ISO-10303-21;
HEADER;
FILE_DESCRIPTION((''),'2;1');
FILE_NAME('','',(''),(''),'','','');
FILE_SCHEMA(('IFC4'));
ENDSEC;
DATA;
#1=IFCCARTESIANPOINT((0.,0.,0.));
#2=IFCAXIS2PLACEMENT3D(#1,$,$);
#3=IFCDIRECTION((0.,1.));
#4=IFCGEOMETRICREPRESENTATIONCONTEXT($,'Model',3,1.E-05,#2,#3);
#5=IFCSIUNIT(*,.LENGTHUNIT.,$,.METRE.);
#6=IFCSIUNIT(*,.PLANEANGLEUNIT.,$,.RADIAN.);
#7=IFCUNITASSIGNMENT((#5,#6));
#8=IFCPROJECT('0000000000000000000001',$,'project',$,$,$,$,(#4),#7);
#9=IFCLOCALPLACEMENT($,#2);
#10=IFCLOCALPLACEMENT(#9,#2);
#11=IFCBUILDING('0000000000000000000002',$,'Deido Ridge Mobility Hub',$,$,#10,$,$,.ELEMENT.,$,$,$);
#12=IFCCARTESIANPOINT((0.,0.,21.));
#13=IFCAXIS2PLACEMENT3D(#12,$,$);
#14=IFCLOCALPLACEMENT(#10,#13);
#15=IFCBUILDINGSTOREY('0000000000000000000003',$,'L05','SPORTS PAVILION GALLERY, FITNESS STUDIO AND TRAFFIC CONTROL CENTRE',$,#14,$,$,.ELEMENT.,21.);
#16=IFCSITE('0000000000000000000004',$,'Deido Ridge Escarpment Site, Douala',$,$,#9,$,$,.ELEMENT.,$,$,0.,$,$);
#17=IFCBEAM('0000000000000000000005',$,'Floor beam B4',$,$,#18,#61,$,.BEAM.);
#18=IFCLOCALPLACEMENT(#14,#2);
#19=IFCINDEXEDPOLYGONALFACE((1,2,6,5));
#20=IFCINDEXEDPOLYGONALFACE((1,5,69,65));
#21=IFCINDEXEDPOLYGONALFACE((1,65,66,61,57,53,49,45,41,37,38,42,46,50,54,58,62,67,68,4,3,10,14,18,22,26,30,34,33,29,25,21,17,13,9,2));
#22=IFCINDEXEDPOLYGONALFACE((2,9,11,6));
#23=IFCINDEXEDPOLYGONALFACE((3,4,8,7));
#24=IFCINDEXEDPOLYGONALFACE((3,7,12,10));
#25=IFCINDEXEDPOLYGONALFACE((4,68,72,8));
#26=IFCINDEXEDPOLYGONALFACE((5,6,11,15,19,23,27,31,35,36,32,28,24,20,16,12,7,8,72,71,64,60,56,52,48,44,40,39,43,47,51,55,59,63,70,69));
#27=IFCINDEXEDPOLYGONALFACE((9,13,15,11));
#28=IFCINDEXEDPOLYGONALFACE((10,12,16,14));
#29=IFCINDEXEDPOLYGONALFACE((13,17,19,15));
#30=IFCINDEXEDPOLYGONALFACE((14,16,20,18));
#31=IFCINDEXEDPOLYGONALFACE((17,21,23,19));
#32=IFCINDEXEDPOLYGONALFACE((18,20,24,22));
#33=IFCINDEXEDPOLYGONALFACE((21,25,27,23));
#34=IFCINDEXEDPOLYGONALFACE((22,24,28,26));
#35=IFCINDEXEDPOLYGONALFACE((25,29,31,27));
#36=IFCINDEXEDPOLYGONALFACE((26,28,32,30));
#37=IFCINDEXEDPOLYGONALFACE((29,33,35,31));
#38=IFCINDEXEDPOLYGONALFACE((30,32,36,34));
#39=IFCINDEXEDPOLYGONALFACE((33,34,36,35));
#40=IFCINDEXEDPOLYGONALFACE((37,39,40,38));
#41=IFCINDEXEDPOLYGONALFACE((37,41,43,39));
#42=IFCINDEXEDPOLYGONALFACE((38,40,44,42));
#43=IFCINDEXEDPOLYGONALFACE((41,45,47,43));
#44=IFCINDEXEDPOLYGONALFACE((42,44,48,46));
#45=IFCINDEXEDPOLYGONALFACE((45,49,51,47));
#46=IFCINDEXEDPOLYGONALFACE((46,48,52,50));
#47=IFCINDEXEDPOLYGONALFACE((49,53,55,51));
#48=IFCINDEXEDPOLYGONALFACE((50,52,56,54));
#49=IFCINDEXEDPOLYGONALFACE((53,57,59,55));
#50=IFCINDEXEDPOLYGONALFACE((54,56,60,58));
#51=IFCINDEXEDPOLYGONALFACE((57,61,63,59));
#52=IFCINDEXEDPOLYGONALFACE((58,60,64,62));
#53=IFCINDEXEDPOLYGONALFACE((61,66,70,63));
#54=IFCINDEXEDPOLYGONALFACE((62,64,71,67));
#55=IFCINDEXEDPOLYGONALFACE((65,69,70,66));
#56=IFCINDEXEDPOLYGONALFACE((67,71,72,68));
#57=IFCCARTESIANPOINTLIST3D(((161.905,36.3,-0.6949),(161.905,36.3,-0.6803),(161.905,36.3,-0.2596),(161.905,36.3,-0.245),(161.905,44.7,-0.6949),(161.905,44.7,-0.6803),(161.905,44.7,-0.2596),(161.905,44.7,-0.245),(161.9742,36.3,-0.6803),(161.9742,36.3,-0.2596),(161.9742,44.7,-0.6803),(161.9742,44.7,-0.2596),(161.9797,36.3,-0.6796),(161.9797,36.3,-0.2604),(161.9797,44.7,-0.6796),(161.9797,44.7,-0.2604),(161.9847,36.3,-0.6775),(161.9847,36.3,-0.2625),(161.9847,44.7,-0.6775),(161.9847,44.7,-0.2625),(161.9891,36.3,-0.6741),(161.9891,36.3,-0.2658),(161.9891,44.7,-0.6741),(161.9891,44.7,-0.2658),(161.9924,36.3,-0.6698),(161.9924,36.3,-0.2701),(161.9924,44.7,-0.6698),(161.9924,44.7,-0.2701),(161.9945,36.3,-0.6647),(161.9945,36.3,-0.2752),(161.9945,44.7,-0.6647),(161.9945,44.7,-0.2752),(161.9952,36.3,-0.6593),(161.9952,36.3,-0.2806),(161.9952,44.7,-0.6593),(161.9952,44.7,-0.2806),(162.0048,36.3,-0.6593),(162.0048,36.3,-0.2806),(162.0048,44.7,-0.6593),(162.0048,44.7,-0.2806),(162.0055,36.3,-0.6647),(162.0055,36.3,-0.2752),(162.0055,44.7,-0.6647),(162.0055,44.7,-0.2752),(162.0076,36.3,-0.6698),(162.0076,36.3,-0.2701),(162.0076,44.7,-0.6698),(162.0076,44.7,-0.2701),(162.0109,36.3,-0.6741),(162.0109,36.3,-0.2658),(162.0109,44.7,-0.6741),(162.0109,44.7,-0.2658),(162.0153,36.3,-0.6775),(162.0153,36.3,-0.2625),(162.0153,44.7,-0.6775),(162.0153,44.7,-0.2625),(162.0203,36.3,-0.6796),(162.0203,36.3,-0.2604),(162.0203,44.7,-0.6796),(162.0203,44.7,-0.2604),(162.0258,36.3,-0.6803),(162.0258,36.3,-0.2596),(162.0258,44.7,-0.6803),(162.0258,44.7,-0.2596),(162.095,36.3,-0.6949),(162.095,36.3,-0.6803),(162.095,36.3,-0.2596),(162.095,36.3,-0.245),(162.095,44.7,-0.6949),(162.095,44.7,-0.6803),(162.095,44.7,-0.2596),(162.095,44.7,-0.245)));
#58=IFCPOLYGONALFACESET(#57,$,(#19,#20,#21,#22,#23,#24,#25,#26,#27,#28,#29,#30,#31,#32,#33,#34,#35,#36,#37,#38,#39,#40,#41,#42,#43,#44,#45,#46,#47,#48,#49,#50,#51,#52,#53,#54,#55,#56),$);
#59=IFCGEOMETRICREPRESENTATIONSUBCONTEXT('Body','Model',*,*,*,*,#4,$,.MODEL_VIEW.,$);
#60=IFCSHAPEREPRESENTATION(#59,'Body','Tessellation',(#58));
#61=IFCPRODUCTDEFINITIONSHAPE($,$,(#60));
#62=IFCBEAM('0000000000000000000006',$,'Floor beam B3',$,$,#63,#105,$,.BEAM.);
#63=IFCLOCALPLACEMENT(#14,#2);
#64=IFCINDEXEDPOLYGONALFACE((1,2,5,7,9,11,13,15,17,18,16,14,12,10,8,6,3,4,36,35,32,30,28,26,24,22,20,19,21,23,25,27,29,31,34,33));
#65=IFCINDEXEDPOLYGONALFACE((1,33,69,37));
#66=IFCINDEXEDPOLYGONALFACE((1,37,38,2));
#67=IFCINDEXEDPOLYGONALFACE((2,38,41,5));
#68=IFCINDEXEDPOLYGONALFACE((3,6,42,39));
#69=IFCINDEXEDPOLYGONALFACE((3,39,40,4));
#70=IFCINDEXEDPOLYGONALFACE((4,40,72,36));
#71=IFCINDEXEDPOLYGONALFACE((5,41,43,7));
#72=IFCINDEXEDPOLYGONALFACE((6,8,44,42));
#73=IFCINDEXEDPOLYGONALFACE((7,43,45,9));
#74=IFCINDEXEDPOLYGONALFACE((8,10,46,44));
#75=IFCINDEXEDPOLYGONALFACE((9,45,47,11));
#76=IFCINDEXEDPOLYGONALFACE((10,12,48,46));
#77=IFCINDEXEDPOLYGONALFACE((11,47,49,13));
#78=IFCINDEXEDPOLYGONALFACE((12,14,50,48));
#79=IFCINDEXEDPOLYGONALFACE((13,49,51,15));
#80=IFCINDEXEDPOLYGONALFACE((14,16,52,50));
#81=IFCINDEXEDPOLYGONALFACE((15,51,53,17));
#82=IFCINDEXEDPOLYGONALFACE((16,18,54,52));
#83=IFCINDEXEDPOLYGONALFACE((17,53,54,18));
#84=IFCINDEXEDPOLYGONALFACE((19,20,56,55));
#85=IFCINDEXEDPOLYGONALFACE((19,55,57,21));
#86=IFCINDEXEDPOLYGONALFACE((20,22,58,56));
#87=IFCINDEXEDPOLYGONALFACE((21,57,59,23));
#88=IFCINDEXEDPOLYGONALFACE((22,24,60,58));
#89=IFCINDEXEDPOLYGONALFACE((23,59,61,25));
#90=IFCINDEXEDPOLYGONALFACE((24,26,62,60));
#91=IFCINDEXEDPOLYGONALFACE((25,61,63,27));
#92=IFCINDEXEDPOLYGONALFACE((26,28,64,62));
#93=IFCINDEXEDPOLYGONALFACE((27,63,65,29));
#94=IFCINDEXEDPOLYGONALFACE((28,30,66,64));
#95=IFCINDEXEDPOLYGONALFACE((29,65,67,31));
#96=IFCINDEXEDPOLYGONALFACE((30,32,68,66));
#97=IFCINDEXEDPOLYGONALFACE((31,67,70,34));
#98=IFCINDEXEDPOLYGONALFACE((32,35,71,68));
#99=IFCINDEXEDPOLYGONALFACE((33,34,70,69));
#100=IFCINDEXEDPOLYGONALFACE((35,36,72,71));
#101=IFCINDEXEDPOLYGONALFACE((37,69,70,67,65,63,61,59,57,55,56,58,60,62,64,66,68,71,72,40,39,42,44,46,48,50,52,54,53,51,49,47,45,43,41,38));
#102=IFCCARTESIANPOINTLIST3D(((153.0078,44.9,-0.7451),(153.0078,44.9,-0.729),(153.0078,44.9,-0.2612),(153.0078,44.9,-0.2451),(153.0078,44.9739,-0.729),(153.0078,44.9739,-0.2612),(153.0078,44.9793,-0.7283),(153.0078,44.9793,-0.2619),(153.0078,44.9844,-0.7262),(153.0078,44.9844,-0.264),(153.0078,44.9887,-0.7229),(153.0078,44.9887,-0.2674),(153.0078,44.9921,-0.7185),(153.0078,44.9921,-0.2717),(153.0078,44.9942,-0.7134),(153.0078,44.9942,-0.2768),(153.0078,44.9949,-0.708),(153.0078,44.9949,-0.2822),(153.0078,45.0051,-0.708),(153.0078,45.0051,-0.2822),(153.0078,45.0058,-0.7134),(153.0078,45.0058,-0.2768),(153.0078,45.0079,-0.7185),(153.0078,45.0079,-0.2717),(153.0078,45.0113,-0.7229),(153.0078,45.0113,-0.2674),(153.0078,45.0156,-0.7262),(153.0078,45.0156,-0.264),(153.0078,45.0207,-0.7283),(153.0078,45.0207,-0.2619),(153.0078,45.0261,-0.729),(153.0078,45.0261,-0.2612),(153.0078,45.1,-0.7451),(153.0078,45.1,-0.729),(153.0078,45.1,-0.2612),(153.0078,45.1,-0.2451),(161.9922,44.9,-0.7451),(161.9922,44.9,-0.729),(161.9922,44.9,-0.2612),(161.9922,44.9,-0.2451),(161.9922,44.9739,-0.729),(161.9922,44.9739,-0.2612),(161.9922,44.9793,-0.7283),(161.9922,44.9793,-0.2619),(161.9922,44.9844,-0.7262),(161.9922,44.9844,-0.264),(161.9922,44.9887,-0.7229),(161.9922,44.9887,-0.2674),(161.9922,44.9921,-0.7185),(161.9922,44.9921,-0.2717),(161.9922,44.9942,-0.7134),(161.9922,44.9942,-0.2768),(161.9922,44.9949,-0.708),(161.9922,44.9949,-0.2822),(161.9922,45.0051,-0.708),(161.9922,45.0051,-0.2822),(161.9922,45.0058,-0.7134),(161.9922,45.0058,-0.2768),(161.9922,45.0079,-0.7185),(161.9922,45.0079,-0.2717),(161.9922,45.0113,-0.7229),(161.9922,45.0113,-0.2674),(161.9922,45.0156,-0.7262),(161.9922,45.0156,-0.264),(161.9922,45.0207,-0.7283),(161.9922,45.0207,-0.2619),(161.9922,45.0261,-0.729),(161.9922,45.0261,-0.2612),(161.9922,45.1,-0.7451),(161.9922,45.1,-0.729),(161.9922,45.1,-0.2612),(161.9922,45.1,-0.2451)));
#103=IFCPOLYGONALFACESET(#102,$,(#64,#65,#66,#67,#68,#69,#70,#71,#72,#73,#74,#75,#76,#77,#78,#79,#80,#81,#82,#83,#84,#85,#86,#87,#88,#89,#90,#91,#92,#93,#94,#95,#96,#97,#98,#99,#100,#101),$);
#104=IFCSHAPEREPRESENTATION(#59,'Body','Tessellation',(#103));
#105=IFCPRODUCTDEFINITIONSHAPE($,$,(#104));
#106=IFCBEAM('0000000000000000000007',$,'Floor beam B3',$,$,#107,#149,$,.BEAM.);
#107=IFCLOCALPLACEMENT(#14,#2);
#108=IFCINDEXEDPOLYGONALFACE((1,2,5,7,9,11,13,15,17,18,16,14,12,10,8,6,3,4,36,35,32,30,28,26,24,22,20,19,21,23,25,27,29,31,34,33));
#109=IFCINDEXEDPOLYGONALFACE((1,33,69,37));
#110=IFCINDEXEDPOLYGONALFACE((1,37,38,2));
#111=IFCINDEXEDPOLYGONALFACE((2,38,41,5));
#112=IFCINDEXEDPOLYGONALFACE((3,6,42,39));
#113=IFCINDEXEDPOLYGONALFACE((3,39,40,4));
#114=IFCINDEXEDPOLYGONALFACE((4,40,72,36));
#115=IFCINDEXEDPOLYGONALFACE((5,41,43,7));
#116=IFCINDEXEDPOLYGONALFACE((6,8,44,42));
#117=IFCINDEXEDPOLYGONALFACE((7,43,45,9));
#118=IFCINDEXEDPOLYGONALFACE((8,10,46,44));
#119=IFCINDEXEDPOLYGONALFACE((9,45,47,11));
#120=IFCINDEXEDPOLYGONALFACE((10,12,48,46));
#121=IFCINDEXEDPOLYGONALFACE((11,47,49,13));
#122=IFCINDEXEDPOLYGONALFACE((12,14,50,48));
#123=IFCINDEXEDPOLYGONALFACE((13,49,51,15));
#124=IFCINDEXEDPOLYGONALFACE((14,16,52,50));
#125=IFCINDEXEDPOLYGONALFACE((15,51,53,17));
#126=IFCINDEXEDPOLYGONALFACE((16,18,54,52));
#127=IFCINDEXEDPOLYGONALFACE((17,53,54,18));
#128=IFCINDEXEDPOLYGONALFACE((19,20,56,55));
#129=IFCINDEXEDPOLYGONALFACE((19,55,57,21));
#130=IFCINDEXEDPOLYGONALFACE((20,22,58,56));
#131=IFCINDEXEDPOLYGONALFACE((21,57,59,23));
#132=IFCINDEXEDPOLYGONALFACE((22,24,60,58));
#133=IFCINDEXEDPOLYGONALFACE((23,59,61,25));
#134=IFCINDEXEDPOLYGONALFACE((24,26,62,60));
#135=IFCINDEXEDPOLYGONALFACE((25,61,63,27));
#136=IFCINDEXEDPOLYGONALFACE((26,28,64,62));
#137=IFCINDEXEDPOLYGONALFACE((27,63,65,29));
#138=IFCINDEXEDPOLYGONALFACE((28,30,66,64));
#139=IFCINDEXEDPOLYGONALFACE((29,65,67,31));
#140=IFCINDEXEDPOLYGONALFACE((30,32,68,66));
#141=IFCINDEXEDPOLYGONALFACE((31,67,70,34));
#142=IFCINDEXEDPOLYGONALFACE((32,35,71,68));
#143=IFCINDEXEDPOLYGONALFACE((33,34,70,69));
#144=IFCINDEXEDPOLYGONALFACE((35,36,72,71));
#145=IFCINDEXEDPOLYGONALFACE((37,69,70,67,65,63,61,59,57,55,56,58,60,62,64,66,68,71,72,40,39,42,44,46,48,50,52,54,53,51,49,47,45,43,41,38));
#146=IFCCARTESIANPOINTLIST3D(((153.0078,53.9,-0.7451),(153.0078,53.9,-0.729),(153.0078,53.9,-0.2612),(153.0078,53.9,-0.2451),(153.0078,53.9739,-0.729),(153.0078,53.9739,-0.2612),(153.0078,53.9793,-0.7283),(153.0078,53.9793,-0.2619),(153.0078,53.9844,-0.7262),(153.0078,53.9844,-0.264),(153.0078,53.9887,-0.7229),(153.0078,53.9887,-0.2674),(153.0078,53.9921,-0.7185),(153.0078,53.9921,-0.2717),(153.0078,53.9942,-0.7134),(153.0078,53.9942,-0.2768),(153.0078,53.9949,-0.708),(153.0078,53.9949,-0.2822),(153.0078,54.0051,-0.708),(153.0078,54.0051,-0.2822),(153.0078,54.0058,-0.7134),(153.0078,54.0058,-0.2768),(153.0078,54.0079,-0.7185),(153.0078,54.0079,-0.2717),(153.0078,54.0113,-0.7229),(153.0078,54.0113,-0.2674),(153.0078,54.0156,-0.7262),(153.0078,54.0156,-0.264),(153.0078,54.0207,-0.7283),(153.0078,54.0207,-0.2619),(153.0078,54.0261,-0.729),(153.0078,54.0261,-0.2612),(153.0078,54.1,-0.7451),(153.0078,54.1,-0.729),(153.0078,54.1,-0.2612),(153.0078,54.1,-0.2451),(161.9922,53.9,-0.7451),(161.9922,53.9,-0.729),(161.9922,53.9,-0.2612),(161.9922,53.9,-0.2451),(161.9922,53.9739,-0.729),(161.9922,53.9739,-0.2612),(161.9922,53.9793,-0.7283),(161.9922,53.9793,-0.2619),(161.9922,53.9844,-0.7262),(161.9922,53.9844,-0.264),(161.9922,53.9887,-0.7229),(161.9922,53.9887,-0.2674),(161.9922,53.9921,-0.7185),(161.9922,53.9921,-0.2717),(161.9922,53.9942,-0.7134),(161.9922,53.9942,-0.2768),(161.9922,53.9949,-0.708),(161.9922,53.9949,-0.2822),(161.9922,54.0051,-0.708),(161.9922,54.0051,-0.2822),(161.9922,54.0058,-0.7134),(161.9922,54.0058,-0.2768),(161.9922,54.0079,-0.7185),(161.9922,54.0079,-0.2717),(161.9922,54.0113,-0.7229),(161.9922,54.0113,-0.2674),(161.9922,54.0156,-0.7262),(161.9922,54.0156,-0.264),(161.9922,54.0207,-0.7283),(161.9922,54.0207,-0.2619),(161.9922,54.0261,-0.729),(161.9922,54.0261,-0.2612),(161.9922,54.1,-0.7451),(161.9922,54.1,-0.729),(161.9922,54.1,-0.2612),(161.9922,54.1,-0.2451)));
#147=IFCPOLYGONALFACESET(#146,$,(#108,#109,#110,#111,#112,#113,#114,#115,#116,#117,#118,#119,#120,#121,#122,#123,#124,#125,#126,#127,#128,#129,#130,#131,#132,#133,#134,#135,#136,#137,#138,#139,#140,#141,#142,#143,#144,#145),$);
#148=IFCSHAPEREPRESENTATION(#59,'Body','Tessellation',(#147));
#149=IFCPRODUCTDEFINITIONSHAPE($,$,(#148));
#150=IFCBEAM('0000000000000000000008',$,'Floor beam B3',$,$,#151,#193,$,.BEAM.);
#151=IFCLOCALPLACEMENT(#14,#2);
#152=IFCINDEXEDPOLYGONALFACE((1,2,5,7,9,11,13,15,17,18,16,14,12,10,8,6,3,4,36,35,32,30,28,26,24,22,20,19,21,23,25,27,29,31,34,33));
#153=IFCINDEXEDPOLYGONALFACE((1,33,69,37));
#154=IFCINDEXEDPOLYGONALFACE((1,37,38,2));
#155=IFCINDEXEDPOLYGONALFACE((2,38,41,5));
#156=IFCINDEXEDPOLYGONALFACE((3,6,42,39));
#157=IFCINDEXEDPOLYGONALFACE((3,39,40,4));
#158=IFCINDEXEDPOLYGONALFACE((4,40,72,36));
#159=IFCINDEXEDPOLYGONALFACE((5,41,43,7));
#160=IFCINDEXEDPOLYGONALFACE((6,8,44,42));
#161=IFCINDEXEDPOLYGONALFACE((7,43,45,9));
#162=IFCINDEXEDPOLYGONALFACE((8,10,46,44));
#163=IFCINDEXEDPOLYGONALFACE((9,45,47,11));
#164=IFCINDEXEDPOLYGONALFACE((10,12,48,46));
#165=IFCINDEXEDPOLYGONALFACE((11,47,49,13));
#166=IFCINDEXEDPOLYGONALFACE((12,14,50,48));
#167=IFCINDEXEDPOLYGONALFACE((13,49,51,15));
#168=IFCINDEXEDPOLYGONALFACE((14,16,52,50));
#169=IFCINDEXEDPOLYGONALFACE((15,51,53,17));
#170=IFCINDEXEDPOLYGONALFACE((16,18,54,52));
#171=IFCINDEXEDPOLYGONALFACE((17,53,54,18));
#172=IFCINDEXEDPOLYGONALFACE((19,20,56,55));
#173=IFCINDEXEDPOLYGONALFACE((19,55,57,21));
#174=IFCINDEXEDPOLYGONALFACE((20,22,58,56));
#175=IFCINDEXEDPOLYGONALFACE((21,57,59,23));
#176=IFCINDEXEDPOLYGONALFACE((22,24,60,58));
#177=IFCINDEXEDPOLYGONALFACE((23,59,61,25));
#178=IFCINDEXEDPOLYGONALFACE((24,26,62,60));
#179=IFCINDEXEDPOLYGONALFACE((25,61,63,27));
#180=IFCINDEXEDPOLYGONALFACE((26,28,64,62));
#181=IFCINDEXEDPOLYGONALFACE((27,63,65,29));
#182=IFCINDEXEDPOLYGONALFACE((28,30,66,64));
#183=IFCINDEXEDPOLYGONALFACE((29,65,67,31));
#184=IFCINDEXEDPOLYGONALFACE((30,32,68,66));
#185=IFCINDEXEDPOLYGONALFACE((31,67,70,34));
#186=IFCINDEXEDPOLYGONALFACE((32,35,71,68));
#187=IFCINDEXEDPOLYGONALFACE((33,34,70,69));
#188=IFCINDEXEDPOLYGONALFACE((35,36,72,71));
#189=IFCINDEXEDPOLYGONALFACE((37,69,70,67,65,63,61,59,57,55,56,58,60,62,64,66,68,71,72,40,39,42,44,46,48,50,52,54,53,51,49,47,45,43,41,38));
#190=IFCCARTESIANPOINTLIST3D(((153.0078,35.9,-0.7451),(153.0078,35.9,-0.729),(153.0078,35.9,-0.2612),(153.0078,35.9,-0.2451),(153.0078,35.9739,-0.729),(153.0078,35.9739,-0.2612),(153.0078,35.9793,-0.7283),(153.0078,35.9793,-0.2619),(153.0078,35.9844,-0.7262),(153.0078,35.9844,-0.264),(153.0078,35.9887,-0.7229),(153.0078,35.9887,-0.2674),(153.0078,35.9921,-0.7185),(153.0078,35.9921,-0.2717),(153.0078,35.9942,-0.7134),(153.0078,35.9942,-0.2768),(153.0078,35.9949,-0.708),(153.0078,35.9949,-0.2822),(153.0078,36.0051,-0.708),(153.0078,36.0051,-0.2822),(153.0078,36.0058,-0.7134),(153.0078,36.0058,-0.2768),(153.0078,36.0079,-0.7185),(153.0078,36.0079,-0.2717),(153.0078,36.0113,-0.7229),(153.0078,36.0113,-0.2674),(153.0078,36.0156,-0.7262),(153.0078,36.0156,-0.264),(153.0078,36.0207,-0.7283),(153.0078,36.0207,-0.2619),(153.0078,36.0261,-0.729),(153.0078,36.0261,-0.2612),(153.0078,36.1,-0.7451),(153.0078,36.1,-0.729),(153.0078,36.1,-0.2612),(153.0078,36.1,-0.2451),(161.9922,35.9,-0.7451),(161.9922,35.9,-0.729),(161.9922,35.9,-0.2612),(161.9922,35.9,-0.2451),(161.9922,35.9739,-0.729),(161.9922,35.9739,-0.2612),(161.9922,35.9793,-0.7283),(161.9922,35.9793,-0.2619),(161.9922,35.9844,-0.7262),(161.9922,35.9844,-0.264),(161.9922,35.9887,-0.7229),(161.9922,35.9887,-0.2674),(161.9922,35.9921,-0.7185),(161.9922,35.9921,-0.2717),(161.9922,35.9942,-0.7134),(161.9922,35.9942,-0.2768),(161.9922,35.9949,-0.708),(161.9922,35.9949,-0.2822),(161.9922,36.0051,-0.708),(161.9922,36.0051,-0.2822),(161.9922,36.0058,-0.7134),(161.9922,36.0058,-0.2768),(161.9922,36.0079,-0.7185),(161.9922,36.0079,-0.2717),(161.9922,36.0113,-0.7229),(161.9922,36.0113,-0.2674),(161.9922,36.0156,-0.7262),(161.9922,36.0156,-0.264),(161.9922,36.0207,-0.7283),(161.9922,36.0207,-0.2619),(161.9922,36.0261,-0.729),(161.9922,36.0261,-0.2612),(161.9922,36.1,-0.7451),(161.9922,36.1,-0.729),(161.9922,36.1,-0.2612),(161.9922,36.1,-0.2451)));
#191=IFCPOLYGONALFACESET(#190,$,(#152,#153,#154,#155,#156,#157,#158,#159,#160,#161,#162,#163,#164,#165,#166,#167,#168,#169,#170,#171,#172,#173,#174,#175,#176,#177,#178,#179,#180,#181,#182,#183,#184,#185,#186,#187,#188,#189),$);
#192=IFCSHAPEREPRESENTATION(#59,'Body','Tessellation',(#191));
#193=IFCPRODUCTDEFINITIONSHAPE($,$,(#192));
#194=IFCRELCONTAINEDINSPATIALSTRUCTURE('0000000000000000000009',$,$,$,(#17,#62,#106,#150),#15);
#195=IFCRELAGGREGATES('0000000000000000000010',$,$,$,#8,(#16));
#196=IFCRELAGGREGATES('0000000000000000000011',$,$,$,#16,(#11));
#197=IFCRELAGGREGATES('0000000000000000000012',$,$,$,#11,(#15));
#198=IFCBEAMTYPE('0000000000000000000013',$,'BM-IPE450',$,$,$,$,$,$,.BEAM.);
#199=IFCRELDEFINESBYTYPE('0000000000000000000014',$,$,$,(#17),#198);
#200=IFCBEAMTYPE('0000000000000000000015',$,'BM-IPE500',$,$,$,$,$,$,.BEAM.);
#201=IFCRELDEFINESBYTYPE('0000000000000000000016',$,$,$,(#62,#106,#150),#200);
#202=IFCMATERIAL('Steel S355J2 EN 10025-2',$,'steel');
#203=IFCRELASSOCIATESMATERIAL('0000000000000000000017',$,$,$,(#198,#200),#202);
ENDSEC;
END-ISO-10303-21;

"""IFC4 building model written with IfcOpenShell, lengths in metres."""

from ifc_helpers import new_model, si_unit, direction, frame, origin, origin_2d, place, context, subcontext, project, spatial, i_section, extrude, material, material_profile, profile_set, type_object, element, save


model = new_model("IFC4")

# Units and contexts
model_context = context("Model", 3, precision=1e-05, world=origin(), true_north=direction((0.0, 1.0)))
body_context = subcontext(model_context, "Body", "Model", "MODEL_VIEW")
ifc_project = project(units=[si_unit("LENGTHUNIT", "METRE"), si_unit("PLANEANGLEUNIT", "RADIAN")], contexts=[model_context])

# Site, building, storey
site_placement = place(None, origin())
site = spatial("IfcSite", under=ifc_project, at=site_placement, Name="Deido Ridge Escarpment Site, Douala", CompositionType="ELEMENT", RefElevation=0.0)
building_placement = place(site_placement, origin())
building = spatial("IfcBuilding", under=site, at=building_placement, Name="Deido Ridge Mobility Hub", CompositionType="ELEMENT")
storey_placement = place(building_placement, frame((0.0, 0.0, 21.0)))
storey = spatial("IfcBuildingStorey", under=building, at=storey_placement, Name="L05", Description="SPORTS PAVILION GALLERY, FITNESS STUDIO AND TRAFFIC CONTROL CENTRE", CompositionType="ELEMENT", Elevation=21.0)

# Shared definitions
ifc_material_1 = material(Name="Steel S355J2 EN 10025-2", Category="steel")

# Beams
ifc_material_profile_1 = material_profile(ifc_material_1, i_section(OverallWidth=0.1899, OverallDepth=0.45, WebThickness=0.0095, FlangeThickness=0.0146, FilletRadius=0.021, at=origin_2d()), Name="IPE 450")
ifc_profile_set_1 = profile_set([ifc_material_profile_1], Name="Steel S355J2 EN 10025-2")
beam_type_1 = type_object("IfcBeamType", Name="BM-IPE450", PredefinedType="BEAM", material=ifc_profile_set_1)
for number, where, z_axis, x_axis, name in (
    (1, (162.0, 36.3, -0.47), (0.0, 1.0, 0.0), (-1.0, 0.0, 0.0), "Floor beam B4"),
):
    element("IfcBeam", number, at=place(storey_placement, frame(where, z_axis=z_axis, x_axis=x_axis)), inside=storey, type_object=beam_type_1, Name=name, PredefinedType="BEAM", context=body_context, shape_type="SweptSolid", body=[
        extrude(i_section(OverallWidth=0.1899, OverallDepth=0.45, WebThickness=0.0095, FlangeThickness=0.0146, FilletRadius=0.021, at=origin_2d()), origin(), (0.0, 0.0, 1.0), 8.3999),
    ])
ifc_material_profile_2 = material_profile(ifc_material_1, i_section(OverallWidth=0.2, OverallDepth=0.5, WebThickness=0.0103, FlangeThickness=0.0161, FilletRadius=0.021, at=origin_2d()), Name="IPE 500")
ifc_profile_set_2 = profile_set([ifc_material_profile_2], Name="Steel S355J2 EN 10025-2")
beam_type_2 = type_object("IfcBeamType", Name="BM-IPE500", PredefinedType="BEAM", material=ifc_profile_set_2)
for number, where, z_axis, x_axis, name in (
    (2, (153.0078, 45.0, -0.4951), (1.0, 0.0, 0.0), (0.0, 1.0, 0.0), "Floor beam B3"),
    (3, (153.0078, 54.0, -0.4951), (1.0, 0.0, 0.0), (0.0, 1.0, 0.0), "Floor beam B3"),
    (4, (153.0078, 36.0, -0.4951), (1.0, 0.0, 0.0), (0.0, 1.0, 0.0), "Floor beam B3"),
):
    element("IfcBeam", number, at=place(storey_placement, frame(where, z_axis=z_axis, x_axis=x_axis)), inside=storey, type_object=beam_type_2, Name=name, PredefinedType="BEAM", context=body_context, shape_type="SweptSolid", body=[
        extrude(i_section(OverallWidth=0.2, OverallDepth=0.5, WebThickness=0.0103, FlangeThickness=0.0161, FilletRadius=0.021, at=origin_2d()), origin(), (0.0, 0.0, 1.0), 8.9844),
    ])

save(model, "model.ifc")
